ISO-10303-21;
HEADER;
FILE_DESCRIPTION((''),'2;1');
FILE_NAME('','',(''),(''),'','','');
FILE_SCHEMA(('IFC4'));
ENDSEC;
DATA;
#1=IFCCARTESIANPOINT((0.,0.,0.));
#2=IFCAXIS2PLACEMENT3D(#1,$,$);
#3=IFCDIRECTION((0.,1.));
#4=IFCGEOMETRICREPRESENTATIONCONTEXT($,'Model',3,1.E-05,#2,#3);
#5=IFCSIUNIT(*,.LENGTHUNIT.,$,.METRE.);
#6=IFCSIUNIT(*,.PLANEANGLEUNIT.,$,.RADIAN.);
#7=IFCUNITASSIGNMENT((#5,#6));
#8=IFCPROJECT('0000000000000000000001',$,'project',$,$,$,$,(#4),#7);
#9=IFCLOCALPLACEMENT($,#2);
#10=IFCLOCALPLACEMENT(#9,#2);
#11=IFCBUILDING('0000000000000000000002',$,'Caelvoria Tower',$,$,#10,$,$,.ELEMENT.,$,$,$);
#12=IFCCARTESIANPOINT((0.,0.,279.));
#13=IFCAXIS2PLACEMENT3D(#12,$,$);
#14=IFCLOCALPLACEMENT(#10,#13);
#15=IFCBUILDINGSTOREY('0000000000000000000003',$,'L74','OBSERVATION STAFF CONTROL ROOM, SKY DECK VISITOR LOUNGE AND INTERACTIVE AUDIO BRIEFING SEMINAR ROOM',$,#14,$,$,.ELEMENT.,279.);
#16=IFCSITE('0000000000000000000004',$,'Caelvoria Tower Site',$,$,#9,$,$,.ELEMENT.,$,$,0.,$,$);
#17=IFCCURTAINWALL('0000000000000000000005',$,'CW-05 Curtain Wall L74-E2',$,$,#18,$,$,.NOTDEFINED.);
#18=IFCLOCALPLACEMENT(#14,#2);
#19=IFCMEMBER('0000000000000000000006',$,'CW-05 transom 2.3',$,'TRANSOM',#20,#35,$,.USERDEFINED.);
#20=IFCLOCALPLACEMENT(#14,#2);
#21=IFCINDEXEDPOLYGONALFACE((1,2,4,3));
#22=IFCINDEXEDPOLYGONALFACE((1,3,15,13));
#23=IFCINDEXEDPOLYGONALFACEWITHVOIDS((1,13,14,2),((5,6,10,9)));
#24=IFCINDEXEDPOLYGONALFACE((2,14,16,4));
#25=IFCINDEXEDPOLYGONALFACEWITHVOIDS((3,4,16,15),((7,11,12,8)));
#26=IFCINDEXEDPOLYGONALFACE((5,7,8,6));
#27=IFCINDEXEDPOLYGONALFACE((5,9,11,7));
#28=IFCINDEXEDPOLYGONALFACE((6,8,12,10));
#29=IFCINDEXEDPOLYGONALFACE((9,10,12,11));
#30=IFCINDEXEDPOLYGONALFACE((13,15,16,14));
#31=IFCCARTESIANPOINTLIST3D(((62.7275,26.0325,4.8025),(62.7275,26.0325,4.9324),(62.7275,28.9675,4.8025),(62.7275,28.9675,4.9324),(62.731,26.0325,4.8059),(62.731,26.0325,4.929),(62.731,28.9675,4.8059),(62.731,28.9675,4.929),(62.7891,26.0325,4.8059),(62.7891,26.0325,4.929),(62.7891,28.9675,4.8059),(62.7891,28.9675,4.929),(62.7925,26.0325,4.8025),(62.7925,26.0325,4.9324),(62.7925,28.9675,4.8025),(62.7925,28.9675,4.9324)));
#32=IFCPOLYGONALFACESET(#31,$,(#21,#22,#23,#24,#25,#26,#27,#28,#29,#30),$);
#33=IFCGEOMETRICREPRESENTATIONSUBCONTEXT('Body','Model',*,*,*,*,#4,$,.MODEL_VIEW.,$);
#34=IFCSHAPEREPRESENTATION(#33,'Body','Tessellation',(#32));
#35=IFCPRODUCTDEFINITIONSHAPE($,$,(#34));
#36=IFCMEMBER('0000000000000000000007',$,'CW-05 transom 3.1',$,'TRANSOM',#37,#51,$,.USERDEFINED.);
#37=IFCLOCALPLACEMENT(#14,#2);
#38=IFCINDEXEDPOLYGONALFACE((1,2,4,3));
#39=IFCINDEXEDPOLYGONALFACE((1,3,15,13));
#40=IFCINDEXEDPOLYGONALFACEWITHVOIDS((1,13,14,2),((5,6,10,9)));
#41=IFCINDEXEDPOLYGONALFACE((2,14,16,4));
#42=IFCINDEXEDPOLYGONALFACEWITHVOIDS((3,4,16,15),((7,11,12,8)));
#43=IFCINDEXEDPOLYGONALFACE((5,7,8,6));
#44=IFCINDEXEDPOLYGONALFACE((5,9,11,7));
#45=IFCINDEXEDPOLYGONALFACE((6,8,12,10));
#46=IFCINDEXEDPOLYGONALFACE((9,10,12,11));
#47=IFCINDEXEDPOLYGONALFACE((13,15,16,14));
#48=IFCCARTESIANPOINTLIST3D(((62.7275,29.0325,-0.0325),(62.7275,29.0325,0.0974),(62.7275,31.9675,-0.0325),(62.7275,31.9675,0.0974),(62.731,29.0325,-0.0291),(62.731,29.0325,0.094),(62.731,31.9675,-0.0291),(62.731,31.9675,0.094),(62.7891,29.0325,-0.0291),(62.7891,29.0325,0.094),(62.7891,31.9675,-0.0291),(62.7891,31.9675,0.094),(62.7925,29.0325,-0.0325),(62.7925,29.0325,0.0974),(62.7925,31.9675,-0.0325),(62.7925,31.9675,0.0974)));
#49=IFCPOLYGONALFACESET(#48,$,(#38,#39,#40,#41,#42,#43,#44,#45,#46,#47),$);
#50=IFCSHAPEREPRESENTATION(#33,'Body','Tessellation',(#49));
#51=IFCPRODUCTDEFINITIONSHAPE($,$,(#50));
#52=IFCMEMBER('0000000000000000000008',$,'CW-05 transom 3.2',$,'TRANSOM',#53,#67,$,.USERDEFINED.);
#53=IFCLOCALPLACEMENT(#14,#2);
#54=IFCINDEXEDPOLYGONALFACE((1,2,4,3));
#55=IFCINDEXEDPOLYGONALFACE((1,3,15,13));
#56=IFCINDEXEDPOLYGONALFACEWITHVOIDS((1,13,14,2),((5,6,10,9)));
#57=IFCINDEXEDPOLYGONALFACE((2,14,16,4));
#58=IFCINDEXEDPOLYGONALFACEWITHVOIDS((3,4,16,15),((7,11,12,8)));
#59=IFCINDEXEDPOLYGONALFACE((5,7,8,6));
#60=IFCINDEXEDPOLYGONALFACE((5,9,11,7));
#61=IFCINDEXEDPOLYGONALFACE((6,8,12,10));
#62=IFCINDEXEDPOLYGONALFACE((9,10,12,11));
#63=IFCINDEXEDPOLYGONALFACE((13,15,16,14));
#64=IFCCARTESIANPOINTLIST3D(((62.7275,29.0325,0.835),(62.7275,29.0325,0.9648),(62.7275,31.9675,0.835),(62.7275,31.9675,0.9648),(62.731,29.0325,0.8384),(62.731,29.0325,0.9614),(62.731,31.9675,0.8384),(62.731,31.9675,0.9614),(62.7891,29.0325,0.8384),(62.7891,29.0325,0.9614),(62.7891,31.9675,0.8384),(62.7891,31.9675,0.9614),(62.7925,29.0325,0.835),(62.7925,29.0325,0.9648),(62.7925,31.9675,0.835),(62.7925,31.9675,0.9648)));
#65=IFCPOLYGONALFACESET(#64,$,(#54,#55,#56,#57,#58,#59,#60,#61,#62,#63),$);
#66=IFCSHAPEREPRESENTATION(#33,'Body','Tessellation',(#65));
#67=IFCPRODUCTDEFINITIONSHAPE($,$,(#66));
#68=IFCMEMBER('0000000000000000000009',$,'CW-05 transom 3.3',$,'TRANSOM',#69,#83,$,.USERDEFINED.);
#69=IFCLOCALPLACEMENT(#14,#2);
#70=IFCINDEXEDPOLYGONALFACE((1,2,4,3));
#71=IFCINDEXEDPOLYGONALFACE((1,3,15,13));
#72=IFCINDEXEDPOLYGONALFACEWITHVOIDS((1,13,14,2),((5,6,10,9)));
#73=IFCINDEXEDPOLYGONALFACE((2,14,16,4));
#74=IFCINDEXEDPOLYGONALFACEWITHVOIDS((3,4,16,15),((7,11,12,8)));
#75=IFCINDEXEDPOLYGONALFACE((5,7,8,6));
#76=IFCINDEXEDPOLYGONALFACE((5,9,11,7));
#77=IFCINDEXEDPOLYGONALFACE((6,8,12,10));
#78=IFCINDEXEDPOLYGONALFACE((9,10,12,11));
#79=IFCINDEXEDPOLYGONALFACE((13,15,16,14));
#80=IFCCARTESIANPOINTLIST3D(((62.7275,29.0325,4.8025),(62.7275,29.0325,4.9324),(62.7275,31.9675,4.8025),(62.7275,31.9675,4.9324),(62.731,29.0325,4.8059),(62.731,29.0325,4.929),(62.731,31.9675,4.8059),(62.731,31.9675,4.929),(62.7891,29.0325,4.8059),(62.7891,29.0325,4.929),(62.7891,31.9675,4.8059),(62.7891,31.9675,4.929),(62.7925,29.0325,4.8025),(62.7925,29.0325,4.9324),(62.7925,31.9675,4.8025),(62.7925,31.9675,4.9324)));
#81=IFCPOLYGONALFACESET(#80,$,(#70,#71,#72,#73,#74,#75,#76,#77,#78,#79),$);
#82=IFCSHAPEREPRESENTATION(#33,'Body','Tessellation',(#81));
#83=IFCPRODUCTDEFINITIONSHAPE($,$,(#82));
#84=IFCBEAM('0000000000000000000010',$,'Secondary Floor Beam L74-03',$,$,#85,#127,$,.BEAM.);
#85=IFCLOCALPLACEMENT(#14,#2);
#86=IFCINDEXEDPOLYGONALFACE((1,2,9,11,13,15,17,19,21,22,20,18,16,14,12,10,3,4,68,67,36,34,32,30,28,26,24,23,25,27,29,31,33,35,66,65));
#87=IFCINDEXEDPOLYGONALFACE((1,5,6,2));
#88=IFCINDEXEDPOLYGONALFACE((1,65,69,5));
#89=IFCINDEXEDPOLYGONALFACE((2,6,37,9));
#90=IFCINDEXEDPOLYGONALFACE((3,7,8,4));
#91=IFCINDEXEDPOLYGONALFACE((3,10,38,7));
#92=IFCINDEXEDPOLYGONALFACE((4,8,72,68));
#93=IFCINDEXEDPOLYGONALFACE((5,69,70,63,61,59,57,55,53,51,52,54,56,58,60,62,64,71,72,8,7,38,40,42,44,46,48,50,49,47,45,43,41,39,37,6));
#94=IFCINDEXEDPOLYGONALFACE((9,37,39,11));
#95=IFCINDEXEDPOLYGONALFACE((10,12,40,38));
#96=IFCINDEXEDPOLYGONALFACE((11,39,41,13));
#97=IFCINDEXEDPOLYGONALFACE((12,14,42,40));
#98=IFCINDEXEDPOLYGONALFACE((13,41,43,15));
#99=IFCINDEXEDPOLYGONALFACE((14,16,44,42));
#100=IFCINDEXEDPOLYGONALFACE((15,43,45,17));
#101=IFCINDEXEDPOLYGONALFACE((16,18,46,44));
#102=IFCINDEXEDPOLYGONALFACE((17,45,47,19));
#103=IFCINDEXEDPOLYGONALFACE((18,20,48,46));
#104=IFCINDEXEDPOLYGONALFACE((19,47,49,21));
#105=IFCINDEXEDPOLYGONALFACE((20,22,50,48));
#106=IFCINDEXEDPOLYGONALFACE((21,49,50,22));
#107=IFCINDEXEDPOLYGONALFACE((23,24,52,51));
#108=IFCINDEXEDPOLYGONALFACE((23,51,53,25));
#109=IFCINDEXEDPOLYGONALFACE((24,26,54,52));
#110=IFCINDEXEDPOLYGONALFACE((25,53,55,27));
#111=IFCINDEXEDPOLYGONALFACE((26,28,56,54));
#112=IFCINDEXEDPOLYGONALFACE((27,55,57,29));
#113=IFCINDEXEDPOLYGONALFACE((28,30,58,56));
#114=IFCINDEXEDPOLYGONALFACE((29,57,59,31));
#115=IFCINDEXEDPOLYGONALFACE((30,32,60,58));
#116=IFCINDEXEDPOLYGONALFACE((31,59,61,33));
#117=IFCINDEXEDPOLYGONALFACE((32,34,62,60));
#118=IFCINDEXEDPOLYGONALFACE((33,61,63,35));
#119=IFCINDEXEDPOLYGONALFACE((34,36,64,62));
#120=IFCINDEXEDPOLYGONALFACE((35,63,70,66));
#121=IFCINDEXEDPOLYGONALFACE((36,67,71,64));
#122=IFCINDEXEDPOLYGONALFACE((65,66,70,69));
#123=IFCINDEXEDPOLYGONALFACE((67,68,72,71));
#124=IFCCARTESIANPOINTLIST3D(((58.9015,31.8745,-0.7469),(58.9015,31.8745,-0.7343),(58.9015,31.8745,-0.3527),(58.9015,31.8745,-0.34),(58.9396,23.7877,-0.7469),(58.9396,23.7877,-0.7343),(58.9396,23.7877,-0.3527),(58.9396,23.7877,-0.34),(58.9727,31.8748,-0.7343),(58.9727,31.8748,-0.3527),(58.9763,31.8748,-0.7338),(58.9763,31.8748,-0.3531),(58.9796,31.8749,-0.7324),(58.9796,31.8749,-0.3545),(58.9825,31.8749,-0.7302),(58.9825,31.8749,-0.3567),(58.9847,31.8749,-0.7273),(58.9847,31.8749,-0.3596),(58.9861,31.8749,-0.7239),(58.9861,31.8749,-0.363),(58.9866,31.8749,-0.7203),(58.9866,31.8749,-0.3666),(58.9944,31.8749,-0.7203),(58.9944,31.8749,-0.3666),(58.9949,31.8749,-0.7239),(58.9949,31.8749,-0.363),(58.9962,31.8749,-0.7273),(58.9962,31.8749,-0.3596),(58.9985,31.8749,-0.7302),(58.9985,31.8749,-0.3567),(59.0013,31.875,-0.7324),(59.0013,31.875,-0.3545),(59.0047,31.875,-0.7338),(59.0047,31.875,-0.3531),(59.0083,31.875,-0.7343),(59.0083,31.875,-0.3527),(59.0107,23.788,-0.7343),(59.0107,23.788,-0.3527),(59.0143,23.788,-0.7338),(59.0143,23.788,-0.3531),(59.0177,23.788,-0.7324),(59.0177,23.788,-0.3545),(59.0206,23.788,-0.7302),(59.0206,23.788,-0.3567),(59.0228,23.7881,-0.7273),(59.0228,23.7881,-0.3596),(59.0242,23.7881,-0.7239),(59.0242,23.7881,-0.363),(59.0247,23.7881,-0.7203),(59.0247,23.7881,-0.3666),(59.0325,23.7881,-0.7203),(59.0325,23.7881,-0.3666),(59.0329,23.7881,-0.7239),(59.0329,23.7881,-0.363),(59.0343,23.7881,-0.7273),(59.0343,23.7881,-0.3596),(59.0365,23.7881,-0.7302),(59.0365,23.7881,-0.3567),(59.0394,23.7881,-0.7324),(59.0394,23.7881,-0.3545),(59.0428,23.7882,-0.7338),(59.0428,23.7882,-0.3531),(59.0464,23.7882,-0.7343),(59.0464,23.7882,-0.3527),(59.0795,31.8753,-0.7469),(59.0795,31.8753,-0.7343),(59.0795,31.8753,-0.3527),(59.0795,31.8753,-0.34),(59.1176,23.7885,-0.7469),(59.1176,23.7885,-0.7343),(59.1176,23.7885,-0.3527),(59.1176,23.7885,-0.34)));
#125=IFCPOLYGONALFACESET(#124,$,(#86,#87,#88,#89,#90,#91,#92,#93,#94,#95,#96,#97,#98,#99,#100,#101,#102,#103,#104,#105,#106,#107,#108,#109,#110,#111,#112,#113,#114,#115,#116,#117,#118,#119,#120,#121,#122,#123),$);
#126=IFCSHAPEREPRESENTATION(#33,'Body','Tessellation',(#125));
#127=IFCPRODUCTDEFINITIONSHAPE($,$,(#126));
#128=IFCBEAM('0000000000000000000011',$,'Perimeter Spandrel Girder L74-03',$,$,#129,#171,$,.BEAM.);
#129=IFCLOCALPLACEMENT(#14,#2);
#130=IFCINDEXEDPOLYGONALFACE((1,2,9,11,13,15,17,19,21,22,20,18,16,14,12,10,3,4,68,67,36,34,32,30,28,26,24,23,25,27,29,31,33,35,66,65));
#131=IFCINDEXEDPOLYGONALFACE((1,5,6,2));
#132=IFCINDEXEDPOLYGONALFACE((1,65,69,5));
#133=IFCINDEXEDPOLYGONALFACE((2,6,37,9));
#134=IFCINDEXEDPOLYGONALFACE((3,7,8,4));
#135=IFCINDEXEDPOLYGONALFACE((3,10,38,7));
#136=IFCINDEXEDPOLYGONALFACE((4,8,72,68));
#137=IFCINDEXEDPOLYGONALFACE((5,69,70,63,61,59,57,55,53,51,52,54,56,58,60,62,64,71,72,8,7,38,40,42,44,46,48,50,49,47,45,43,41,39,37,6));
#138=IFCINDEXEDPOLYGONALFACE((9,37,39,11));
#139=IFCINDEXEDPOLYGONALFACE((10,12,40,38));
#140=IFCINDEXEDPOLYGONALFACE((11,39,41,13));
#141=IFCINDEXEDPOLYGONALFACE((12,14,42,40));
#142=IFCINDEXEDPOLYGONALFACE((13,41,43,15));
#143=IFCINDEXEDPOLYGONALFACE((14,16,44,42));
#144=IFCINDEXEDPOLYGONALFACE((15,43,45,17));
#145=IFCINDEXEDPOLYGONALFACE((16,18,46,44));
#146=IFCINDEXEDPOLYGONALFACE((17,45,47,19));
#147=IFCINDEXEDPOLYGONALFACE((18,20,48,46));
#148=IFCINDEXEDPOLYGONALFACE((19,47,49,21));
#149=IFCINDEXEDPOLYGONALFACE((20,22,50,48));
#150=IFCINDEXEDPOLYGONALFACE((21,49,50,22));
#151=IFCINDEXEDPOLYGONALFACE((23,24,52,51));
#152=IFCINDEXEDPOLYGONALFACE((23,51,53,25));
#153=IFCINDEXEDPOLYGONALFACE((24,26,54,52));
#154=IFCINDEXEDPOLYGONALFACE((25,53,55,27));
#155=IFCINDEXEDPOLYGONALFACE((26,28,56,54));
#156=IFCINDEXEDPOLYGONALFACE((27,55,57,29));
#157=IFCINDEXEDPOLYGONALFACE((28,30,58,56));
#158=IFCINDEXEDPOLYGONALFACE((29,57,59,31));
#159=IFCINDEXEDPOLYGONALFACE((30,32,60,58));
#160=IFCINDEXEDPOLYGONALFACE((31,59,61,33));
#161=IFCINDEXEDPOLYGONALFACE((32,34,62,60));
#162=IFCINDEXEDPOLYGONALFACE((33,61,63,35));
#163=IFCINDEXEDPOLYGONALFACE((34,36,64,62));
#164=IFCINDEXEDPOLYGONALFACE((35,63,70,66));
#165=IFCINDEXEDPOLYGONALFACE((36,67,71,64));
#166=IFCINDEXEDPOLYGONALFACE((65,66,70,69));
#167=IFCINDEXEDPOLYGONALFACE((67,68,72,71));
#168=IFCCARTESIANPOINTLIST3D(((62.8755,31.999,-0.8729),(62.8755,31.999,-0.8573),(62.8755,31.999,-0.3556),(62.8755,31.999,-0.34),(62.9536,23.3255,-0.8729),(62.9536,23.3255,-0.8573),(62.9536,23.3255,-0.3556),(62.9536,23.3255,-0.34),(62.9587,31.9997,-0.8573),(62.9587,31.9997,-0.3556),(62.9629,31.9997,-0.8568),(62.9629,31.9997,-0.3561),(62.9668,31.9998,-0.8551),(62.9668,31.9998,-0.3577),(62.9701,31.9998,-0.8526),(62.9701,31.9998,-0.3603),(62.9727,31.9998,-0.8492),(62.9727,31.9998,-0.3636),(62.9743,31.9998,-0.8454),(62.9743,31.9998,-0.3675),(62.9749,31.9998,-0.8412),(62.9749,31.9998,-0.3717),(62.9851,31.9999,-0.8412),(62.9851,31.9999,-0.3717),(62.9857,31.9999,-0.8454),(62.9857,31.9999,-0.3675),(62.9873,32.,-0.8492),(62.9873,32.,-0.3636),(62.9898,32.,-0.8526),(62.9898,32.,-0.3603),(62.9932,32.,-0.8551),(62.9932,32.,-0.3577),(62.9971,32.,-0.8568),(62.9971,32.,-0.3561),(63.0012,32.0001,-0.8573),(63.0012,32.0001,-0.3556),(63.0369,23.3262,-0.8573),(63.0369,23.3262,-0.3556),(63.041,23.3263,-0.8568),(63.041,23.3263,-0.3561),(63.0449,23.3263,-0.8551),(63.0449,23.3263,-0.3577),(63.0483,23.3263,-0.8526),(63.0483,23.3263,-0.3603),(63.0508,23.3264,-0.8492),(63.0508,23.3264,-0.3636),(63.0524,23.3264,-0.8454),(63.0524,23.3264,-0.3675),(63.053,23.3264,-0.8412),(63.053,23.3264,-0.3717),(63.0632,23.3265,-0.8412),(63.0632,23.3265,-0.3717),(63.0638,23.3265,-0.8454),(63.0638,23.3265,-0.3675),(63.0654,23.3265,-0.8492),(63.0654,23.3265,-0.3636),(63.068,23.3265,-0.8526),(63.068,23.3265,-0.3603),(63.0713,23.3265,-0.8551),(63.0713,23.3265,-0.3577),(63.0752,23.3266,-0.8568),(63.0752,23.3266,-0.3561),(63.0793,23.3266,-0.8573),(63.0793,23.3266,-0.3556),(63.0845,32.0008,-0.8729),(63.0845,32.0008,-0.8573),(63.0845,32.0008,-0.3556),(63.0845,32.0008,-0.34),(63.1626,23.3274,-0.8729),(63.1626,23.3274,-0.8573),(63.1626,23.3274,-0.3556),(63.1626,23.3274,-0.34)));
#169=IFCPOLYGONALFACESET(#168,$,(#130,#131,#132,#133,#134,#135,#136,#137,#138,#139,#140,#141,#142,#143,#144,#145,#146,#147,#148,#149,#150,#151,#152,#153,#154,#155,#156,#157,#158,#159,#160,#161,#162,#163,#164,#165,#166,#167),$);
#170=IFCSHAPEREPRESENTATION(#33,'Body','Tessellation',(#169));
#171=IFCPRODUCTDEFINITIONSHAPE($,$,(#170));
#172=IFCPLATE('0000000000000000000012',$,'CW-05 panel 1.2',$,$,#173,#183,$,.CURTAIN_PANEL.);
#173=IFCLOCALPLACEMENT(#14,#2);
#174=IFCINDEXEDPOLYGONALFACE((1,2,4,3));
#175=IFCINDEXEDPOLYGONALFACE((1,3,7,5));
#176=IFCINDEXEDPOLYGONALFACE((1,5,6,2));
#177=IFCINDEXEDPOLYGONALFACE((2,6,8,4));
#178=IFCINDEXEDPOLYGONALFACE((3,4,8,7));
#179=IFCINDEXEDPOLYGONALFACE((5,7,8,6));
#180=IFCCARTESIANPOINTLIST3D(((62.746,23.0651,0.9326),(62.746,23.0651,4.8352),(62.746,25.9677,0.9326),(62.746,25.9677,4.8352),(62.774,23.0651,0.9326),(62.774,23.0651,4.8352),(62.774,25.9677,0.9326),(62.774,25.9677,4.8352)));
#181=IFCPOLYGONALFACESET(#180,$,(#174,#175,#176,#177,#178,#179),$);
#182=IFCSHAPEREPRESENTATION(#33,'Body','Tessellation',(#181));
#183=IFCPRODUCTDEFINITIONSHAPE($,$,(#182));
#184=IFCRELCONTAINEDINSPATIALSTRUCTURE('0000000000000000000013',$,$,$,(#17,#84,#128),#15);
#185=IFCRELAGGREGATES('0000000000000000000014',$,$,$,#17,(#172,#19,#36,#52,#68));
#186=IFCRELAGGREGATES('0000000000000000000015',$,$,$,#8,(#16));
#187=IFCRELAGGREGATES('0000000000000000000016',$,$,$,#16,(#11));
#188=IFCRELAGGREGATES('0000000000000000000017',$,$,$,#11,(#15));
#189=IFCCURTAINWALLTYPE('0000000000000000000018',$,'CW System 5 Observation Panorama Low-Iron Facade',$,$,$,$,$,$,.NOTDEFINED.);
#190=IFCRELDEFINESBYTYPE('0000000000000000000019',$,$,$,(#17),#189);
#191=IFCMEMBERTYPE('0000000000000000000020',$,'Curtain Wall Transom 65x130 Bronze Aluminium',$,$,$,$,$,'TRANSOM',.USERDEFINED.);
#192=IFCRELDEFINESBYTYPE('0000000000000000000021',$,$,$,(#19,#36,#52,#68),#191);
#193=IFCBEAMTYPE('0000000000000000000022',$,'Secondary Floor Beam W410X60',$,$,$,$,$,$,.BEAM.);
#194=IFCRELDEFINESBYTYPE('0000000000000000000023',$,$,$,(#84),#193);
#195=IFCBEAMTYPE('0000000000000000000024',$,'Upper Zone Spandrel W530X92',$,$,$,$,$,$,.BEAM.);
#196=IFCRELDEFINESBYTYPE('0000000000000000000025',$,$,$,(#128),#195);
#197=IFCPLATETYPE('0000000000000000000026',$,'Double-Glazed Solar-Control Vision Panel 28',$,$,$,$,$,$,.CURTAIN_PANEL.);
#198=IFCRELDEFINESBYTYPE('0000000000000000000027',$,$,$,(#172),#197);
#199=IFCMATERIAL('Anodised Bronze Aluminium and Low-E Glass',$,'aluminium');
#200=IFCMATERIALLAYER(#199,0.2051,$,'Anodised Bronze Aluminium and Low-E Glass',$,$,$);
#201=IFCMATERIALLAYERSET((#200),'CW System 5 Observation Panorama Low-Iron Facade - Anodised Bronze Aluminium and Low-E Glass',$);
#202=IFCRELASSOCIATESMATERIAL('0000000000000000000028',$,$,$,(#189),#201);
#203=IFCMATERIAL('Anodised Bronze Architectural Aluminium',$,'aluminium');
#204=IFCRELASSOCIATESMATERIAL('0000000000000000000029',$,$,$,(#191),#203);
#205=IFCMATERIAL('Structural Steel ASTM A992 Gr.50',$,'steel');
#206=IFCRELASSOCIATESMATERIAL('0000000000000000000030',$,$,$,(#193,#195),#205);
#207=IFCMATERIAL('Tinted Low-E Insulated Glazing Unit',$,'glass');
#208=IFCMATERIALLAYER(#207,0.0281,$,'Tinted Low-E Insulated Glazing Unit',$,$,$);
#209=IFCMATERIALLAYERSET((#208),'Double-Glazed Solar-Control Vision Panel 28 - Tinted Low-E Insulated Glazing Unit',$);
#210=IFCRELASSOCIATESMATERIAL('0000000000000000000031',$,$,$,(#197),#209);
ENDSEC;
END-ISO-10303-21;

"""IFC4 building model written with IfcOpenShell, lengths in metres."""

from ifc_helpers import new_model, si_unit, direction, frame, origin, origin_2d, place, context, subcontext, project, spatial, rectangle, hollow_rectangle, i_section, extrude, material, layer, layer_set, material_profile, profile_set, type_object, element, aggregate, save


model = new_model("IFC4")

# Units and contexts
model_context = context("Model", 3, precision=1e-05, world=origin(), true_north=direction((0.0, 1.0)))
body_context = subcontext(model_context, "Body", "Model", "MODEL_VIEW")
ifc_project = project(units=[si_unit("LENGTHUNIT", "METRE"), si_unit("PLANEANGLEUNIT", "RADIAN")], contexts=[model_context])

# Site, building, storey
site_placement = place(None, origin())
site = spatial("IfcSite", under=ifc_project, at=site_placement, Name="Caelvoria Tower Site", CompositionType="ELEMENT", RefElevation=0.0)
building_placement = place(site_placement, origin())
building = spatial("IfcBuilding", under=site, at=building_placement, Name="Caelvoria Tower", CompositionType="ELEMENT")
storey_placement = place(building_placement, frame((0.0, 0.0, 279.0)))
storey = spatial("IfcBuildingStorey", under=building, at=storey_placement, Name="L74", Description="OBSERVATION STAFF CONTROL ROOM, SKY DECK VISITOR LOUNGE AND INTERACTIVE AUDIO BRIEFING SEMINAR ROOM", CompositionType="ELEMENT", Elevation=279.0)

# Shared definitions
ifc_material_1 = material(Name="Structural Steel ASTM A992 Gr.50", Category="steel")

# Shared definitions
ifc_material_2 = material(Name="Anodised Bronze Aluminium and Low-E Glass", Category="aluminium")
ifc_layer_1 = layer(ifc_material_2, 0.2051, Name="Anodised Bronze Aluminium and Low-E Glass")
ifc_layer_set_1 = layer_set([ifc_layer_1], Name="CW System 5 Observation Panorama Low-Iron Facade - Anodised Bronze Aluminium and Low-E Glass")
curtain_wall_type = type_object("IfcCurtainWallType", Name="CW System 5 Observation Panorama Low-Iron Facade", PredefinedType="NOTDEFINED", material=ifc_layer_set_1)
ifc_material_3 = material(Name="Anodised Bronze Architectural Aluminium", Category="aluminium")

# Curtain wall, members
curtain_wall_1_placement = place(storey_placement, origin())
curtain_wall_1 = element("IfcCurtainWall", 1, at=curtain_wall_1_placement, inside=storey, type_object=curtain_wall_type, Name="CW-05 Curtain Wall L74-E2", PredefinedType="NOTDEFINED")
ifc_material_profile_1 = material_profile(ifc_material_3, hollow_rectangle(XDim=0.0649, YDim=0.1299, WallThickness=0.0034, at=origin_2d()), Name="Anodised Bronze Architectural Aluminium")
ifc_profile_set_1 = profile_set([ifc_material_profile_1], Name="CW_TRAN_65X130 - Anodised Bronze Architectural Aluminium")
member_type_1 = type_object("IfcMemberType", Name="Curtain Wall Transom 65x130 Bronze Aluminium", ElementType="TRANSOM", PredefinedType="USERDEFINED", material=ifc_profile_set_1)
member_1_placement = place(storey_placement, frame((62.76, 26.0325, 4.8674), z_axis=(0.0, 1.0, 0.0), x_axis=(-1.0, 0.0, 0.0)))
member_1 = element("IfcMember", 2, at=member_1_placement, type_object=member_type_1, Name="CW-05 transom 2.3", ObjectType="TRANSOM", PredefinedType="USERDEFINED", context=body_context, shape_type="SweptSolid", body=[
    extrude(hollow_rectangle(XDim=0.0649, YDim=0.1299, WallThickness=0.0034, at=origin_2d()), origin(), (0.0, 0.0, 1.0), 2.9351),
])
member_2_placement = place(storey_placement, frame((62.76, 29.0325, 0.0325), z_axis=(0.0, 1.0, 0.0), x_axis=(-1.0, 0.0, 0.0)))
member_2 = element("IfcMember", 3, at=member_2_placement, type_object=member_type_1, Name="CW-05 transom 3.1", ObjectType="TRANSOM", PredefinedType="USERDEFINED", context=body_context, shape_type="SweptSolid", body=[
    extrude(hollow_rectangle(XDim=0.0649, YDim=0.1299, WallThickness=0.0034, at=origin_2d()), origin(), (0.0, 0.0, 1.0), 2.9351),
])
member_3_placement = place(storey_placement, frame((62.76, 29.0325, 0.8999), z_axis=(0.0, 1.0, 0.0), x_axis=(-1.0, 0.0, 0.0)))
member_3 = element("IfcMember", 4, at=member_3_placement, type_object=member_type_1, Name="CW-05 transom 3.2", ObjectType="TRANSOM", PredefinedType="USERDEFINED", context=body_context, shape_type="SweptSolid", body=[
    extrude(hollow_rectangle(XDim=0.0649, YDim=0.1299, WallThickness=0.0034, at=origin_2d()), origin(), (0.0, 0.0, 1.0), 2.9351),
])
member_4_placement = place(storey_placement, frame((62.76, 29.0325, 4.8674), z_axis=(0.0, 1.0, 0.0), x_axis=(-1.0, 0.0, 0.0)))
member_4 = element("IfcMember", 5, at=member_4_placement, type_object=member_type_1, Name="CW-05 transom 3.3", ObjectType="TRANSOM", PredefinedType="USERDEFINED", context=body_context, shape_type="SweptSolid", body=[
    extrude(hollow_rectangle(XDim=0.0649, YDim=0.1299, WallThickness=0.0034, at=origin_2d()), origin(), (0.0, 0.0, 1.0), 2.9351),
])

# Beams
ifc_material_profile_2 = material_profile(ifc_material_1, i_section(OverallWidth=0.178, OverallDepth=0.407, WebThickness=0.0078, FlangeThickness=0.0127, FilletRadius=0.0139, at=origin_2d()), Name="Structural Steel ASTM A992 Gr.50")
ifc_profile_set_2 = profile_set([ifc_material_profile_2], Name="W410X60 - Structural Steel ASTM A992 Gr.50")
beam_type_1 = type_object("IfcBeamType", Name="Secondary Floor Beam W410X60", PredefinedType="BEAM", material=ifc_profile_set_2)
beam_1_placement = place(storey_placement, frame((59.0286, 23.7881, -0.5435), z_axis=(-0.00471, 0.999989, 0.0), x_axis=(-0.999989, -0.00471, 0.0)))
element("IfcBeam", 6, at=beam_1_placement, inside=storey, type_object=beam_type_1, Name="Secondary Floor Beam L74-03", PredefinedType="BEAM", context=body_context, shape_type="SweptSolid", body=[
    extrude(i_section(OverallWidth=0.178, OverallDepth=0.407, WebThickness=0.0078, FlangeThickness=0.0127, FilletRadius=0.0139, at=origin_2d()), origin(), (0.0, 0.0, 1.0), 8.0869),
])
ifc_material_profile_3 = material_profile(ifc_material_1, i_section(OverallWidth=0.209, OverallDepth=0.533, WebThickness=0.0103, FlangeThickness=0.0156, FilletRadius=0.0161, at=origin_2d()), Name="Structural Steel ASTM A992 Gr.50")
ifc_profile_set_3 = profile_set([ifc_material_profile_3], Name="W530X92 - Structural Steel ASTM A992 Gr.50")
beam_type_2 = type_object("IfcBeamType", Name="Upper Zone Spandrel W530X92", PredefinedType="BEAM", material=ifc_profile_set_3)
beam_2_placement = place(storey_placement, frame((63.0581, 23.3264, -0.6064), z_axis=(-0.009007, 0.999959, 0.0), x_axis=(-0.999959, -0.009007, 0.0)))
element("IfcBeam", 7, at=beam_2_placement, inside=storey, type_object=beam_type_2, Name="Perimeter Spandrel Girder L74-03", PredefinedType="BEAM", context=body_context, shape_type="SweptSolid", body=[
    extrude(i_section(OverallWidth=0.209, OverallDepth=0.533, WebThickness=0.0103, FlangeThickness=0.0156, FilletRadius=0.0161, at=origin_2d()), origin(), (0.0, 0.0, 1.0), 8.6738),
])

# Plate
ifc_material_4 = material(Name="Tinted Low-E Insulated Glazing Unit", Category="glass")
ifc_layer_2 = layer(ifc_material_4, 0.0281, Name="Tinted Low-E Insulated Glazing Unit")
ifc_layer_set_2 = layer_set([ifc_layer_2], Name="Double-Glazed Solar-Control Vision Panel 28 - Tinted Low-E Insulated Glazing Unit")
plate_type_1 = type_object("IfcPlateType", Name="Double-Glazed Solar-Control Vision Panel 28", PredefinedType="CURTAIN_PANEL", material=ifc_layer_set_2)
plate_1_placement = place(storey_placement, frame((62.76, 24.5164, 0.9326), z_axis=(0.0, 0.0, 1.0), x_axis=(0.0, 1.0, 0.0)))
plate_1 = element("IfcPlate", 8, at=plate_1_placement, type_object=plate_type_1, Name="CW-05 panel 1.2", PredefinedType="CURTAIN_PANEL", context=body_context, shape_type="SweptSolid", body=[
    extrude(rectangle(XDim=2.9026, YDim=0.0281, at=origin_2d()), origin(), (0.0, 0.0, 1.0), 3.9026),
])
aggregate(curtain_wall_1, [plate_1, member_1, member_2, member_3, member_4])

save(model, "model.ifc")
